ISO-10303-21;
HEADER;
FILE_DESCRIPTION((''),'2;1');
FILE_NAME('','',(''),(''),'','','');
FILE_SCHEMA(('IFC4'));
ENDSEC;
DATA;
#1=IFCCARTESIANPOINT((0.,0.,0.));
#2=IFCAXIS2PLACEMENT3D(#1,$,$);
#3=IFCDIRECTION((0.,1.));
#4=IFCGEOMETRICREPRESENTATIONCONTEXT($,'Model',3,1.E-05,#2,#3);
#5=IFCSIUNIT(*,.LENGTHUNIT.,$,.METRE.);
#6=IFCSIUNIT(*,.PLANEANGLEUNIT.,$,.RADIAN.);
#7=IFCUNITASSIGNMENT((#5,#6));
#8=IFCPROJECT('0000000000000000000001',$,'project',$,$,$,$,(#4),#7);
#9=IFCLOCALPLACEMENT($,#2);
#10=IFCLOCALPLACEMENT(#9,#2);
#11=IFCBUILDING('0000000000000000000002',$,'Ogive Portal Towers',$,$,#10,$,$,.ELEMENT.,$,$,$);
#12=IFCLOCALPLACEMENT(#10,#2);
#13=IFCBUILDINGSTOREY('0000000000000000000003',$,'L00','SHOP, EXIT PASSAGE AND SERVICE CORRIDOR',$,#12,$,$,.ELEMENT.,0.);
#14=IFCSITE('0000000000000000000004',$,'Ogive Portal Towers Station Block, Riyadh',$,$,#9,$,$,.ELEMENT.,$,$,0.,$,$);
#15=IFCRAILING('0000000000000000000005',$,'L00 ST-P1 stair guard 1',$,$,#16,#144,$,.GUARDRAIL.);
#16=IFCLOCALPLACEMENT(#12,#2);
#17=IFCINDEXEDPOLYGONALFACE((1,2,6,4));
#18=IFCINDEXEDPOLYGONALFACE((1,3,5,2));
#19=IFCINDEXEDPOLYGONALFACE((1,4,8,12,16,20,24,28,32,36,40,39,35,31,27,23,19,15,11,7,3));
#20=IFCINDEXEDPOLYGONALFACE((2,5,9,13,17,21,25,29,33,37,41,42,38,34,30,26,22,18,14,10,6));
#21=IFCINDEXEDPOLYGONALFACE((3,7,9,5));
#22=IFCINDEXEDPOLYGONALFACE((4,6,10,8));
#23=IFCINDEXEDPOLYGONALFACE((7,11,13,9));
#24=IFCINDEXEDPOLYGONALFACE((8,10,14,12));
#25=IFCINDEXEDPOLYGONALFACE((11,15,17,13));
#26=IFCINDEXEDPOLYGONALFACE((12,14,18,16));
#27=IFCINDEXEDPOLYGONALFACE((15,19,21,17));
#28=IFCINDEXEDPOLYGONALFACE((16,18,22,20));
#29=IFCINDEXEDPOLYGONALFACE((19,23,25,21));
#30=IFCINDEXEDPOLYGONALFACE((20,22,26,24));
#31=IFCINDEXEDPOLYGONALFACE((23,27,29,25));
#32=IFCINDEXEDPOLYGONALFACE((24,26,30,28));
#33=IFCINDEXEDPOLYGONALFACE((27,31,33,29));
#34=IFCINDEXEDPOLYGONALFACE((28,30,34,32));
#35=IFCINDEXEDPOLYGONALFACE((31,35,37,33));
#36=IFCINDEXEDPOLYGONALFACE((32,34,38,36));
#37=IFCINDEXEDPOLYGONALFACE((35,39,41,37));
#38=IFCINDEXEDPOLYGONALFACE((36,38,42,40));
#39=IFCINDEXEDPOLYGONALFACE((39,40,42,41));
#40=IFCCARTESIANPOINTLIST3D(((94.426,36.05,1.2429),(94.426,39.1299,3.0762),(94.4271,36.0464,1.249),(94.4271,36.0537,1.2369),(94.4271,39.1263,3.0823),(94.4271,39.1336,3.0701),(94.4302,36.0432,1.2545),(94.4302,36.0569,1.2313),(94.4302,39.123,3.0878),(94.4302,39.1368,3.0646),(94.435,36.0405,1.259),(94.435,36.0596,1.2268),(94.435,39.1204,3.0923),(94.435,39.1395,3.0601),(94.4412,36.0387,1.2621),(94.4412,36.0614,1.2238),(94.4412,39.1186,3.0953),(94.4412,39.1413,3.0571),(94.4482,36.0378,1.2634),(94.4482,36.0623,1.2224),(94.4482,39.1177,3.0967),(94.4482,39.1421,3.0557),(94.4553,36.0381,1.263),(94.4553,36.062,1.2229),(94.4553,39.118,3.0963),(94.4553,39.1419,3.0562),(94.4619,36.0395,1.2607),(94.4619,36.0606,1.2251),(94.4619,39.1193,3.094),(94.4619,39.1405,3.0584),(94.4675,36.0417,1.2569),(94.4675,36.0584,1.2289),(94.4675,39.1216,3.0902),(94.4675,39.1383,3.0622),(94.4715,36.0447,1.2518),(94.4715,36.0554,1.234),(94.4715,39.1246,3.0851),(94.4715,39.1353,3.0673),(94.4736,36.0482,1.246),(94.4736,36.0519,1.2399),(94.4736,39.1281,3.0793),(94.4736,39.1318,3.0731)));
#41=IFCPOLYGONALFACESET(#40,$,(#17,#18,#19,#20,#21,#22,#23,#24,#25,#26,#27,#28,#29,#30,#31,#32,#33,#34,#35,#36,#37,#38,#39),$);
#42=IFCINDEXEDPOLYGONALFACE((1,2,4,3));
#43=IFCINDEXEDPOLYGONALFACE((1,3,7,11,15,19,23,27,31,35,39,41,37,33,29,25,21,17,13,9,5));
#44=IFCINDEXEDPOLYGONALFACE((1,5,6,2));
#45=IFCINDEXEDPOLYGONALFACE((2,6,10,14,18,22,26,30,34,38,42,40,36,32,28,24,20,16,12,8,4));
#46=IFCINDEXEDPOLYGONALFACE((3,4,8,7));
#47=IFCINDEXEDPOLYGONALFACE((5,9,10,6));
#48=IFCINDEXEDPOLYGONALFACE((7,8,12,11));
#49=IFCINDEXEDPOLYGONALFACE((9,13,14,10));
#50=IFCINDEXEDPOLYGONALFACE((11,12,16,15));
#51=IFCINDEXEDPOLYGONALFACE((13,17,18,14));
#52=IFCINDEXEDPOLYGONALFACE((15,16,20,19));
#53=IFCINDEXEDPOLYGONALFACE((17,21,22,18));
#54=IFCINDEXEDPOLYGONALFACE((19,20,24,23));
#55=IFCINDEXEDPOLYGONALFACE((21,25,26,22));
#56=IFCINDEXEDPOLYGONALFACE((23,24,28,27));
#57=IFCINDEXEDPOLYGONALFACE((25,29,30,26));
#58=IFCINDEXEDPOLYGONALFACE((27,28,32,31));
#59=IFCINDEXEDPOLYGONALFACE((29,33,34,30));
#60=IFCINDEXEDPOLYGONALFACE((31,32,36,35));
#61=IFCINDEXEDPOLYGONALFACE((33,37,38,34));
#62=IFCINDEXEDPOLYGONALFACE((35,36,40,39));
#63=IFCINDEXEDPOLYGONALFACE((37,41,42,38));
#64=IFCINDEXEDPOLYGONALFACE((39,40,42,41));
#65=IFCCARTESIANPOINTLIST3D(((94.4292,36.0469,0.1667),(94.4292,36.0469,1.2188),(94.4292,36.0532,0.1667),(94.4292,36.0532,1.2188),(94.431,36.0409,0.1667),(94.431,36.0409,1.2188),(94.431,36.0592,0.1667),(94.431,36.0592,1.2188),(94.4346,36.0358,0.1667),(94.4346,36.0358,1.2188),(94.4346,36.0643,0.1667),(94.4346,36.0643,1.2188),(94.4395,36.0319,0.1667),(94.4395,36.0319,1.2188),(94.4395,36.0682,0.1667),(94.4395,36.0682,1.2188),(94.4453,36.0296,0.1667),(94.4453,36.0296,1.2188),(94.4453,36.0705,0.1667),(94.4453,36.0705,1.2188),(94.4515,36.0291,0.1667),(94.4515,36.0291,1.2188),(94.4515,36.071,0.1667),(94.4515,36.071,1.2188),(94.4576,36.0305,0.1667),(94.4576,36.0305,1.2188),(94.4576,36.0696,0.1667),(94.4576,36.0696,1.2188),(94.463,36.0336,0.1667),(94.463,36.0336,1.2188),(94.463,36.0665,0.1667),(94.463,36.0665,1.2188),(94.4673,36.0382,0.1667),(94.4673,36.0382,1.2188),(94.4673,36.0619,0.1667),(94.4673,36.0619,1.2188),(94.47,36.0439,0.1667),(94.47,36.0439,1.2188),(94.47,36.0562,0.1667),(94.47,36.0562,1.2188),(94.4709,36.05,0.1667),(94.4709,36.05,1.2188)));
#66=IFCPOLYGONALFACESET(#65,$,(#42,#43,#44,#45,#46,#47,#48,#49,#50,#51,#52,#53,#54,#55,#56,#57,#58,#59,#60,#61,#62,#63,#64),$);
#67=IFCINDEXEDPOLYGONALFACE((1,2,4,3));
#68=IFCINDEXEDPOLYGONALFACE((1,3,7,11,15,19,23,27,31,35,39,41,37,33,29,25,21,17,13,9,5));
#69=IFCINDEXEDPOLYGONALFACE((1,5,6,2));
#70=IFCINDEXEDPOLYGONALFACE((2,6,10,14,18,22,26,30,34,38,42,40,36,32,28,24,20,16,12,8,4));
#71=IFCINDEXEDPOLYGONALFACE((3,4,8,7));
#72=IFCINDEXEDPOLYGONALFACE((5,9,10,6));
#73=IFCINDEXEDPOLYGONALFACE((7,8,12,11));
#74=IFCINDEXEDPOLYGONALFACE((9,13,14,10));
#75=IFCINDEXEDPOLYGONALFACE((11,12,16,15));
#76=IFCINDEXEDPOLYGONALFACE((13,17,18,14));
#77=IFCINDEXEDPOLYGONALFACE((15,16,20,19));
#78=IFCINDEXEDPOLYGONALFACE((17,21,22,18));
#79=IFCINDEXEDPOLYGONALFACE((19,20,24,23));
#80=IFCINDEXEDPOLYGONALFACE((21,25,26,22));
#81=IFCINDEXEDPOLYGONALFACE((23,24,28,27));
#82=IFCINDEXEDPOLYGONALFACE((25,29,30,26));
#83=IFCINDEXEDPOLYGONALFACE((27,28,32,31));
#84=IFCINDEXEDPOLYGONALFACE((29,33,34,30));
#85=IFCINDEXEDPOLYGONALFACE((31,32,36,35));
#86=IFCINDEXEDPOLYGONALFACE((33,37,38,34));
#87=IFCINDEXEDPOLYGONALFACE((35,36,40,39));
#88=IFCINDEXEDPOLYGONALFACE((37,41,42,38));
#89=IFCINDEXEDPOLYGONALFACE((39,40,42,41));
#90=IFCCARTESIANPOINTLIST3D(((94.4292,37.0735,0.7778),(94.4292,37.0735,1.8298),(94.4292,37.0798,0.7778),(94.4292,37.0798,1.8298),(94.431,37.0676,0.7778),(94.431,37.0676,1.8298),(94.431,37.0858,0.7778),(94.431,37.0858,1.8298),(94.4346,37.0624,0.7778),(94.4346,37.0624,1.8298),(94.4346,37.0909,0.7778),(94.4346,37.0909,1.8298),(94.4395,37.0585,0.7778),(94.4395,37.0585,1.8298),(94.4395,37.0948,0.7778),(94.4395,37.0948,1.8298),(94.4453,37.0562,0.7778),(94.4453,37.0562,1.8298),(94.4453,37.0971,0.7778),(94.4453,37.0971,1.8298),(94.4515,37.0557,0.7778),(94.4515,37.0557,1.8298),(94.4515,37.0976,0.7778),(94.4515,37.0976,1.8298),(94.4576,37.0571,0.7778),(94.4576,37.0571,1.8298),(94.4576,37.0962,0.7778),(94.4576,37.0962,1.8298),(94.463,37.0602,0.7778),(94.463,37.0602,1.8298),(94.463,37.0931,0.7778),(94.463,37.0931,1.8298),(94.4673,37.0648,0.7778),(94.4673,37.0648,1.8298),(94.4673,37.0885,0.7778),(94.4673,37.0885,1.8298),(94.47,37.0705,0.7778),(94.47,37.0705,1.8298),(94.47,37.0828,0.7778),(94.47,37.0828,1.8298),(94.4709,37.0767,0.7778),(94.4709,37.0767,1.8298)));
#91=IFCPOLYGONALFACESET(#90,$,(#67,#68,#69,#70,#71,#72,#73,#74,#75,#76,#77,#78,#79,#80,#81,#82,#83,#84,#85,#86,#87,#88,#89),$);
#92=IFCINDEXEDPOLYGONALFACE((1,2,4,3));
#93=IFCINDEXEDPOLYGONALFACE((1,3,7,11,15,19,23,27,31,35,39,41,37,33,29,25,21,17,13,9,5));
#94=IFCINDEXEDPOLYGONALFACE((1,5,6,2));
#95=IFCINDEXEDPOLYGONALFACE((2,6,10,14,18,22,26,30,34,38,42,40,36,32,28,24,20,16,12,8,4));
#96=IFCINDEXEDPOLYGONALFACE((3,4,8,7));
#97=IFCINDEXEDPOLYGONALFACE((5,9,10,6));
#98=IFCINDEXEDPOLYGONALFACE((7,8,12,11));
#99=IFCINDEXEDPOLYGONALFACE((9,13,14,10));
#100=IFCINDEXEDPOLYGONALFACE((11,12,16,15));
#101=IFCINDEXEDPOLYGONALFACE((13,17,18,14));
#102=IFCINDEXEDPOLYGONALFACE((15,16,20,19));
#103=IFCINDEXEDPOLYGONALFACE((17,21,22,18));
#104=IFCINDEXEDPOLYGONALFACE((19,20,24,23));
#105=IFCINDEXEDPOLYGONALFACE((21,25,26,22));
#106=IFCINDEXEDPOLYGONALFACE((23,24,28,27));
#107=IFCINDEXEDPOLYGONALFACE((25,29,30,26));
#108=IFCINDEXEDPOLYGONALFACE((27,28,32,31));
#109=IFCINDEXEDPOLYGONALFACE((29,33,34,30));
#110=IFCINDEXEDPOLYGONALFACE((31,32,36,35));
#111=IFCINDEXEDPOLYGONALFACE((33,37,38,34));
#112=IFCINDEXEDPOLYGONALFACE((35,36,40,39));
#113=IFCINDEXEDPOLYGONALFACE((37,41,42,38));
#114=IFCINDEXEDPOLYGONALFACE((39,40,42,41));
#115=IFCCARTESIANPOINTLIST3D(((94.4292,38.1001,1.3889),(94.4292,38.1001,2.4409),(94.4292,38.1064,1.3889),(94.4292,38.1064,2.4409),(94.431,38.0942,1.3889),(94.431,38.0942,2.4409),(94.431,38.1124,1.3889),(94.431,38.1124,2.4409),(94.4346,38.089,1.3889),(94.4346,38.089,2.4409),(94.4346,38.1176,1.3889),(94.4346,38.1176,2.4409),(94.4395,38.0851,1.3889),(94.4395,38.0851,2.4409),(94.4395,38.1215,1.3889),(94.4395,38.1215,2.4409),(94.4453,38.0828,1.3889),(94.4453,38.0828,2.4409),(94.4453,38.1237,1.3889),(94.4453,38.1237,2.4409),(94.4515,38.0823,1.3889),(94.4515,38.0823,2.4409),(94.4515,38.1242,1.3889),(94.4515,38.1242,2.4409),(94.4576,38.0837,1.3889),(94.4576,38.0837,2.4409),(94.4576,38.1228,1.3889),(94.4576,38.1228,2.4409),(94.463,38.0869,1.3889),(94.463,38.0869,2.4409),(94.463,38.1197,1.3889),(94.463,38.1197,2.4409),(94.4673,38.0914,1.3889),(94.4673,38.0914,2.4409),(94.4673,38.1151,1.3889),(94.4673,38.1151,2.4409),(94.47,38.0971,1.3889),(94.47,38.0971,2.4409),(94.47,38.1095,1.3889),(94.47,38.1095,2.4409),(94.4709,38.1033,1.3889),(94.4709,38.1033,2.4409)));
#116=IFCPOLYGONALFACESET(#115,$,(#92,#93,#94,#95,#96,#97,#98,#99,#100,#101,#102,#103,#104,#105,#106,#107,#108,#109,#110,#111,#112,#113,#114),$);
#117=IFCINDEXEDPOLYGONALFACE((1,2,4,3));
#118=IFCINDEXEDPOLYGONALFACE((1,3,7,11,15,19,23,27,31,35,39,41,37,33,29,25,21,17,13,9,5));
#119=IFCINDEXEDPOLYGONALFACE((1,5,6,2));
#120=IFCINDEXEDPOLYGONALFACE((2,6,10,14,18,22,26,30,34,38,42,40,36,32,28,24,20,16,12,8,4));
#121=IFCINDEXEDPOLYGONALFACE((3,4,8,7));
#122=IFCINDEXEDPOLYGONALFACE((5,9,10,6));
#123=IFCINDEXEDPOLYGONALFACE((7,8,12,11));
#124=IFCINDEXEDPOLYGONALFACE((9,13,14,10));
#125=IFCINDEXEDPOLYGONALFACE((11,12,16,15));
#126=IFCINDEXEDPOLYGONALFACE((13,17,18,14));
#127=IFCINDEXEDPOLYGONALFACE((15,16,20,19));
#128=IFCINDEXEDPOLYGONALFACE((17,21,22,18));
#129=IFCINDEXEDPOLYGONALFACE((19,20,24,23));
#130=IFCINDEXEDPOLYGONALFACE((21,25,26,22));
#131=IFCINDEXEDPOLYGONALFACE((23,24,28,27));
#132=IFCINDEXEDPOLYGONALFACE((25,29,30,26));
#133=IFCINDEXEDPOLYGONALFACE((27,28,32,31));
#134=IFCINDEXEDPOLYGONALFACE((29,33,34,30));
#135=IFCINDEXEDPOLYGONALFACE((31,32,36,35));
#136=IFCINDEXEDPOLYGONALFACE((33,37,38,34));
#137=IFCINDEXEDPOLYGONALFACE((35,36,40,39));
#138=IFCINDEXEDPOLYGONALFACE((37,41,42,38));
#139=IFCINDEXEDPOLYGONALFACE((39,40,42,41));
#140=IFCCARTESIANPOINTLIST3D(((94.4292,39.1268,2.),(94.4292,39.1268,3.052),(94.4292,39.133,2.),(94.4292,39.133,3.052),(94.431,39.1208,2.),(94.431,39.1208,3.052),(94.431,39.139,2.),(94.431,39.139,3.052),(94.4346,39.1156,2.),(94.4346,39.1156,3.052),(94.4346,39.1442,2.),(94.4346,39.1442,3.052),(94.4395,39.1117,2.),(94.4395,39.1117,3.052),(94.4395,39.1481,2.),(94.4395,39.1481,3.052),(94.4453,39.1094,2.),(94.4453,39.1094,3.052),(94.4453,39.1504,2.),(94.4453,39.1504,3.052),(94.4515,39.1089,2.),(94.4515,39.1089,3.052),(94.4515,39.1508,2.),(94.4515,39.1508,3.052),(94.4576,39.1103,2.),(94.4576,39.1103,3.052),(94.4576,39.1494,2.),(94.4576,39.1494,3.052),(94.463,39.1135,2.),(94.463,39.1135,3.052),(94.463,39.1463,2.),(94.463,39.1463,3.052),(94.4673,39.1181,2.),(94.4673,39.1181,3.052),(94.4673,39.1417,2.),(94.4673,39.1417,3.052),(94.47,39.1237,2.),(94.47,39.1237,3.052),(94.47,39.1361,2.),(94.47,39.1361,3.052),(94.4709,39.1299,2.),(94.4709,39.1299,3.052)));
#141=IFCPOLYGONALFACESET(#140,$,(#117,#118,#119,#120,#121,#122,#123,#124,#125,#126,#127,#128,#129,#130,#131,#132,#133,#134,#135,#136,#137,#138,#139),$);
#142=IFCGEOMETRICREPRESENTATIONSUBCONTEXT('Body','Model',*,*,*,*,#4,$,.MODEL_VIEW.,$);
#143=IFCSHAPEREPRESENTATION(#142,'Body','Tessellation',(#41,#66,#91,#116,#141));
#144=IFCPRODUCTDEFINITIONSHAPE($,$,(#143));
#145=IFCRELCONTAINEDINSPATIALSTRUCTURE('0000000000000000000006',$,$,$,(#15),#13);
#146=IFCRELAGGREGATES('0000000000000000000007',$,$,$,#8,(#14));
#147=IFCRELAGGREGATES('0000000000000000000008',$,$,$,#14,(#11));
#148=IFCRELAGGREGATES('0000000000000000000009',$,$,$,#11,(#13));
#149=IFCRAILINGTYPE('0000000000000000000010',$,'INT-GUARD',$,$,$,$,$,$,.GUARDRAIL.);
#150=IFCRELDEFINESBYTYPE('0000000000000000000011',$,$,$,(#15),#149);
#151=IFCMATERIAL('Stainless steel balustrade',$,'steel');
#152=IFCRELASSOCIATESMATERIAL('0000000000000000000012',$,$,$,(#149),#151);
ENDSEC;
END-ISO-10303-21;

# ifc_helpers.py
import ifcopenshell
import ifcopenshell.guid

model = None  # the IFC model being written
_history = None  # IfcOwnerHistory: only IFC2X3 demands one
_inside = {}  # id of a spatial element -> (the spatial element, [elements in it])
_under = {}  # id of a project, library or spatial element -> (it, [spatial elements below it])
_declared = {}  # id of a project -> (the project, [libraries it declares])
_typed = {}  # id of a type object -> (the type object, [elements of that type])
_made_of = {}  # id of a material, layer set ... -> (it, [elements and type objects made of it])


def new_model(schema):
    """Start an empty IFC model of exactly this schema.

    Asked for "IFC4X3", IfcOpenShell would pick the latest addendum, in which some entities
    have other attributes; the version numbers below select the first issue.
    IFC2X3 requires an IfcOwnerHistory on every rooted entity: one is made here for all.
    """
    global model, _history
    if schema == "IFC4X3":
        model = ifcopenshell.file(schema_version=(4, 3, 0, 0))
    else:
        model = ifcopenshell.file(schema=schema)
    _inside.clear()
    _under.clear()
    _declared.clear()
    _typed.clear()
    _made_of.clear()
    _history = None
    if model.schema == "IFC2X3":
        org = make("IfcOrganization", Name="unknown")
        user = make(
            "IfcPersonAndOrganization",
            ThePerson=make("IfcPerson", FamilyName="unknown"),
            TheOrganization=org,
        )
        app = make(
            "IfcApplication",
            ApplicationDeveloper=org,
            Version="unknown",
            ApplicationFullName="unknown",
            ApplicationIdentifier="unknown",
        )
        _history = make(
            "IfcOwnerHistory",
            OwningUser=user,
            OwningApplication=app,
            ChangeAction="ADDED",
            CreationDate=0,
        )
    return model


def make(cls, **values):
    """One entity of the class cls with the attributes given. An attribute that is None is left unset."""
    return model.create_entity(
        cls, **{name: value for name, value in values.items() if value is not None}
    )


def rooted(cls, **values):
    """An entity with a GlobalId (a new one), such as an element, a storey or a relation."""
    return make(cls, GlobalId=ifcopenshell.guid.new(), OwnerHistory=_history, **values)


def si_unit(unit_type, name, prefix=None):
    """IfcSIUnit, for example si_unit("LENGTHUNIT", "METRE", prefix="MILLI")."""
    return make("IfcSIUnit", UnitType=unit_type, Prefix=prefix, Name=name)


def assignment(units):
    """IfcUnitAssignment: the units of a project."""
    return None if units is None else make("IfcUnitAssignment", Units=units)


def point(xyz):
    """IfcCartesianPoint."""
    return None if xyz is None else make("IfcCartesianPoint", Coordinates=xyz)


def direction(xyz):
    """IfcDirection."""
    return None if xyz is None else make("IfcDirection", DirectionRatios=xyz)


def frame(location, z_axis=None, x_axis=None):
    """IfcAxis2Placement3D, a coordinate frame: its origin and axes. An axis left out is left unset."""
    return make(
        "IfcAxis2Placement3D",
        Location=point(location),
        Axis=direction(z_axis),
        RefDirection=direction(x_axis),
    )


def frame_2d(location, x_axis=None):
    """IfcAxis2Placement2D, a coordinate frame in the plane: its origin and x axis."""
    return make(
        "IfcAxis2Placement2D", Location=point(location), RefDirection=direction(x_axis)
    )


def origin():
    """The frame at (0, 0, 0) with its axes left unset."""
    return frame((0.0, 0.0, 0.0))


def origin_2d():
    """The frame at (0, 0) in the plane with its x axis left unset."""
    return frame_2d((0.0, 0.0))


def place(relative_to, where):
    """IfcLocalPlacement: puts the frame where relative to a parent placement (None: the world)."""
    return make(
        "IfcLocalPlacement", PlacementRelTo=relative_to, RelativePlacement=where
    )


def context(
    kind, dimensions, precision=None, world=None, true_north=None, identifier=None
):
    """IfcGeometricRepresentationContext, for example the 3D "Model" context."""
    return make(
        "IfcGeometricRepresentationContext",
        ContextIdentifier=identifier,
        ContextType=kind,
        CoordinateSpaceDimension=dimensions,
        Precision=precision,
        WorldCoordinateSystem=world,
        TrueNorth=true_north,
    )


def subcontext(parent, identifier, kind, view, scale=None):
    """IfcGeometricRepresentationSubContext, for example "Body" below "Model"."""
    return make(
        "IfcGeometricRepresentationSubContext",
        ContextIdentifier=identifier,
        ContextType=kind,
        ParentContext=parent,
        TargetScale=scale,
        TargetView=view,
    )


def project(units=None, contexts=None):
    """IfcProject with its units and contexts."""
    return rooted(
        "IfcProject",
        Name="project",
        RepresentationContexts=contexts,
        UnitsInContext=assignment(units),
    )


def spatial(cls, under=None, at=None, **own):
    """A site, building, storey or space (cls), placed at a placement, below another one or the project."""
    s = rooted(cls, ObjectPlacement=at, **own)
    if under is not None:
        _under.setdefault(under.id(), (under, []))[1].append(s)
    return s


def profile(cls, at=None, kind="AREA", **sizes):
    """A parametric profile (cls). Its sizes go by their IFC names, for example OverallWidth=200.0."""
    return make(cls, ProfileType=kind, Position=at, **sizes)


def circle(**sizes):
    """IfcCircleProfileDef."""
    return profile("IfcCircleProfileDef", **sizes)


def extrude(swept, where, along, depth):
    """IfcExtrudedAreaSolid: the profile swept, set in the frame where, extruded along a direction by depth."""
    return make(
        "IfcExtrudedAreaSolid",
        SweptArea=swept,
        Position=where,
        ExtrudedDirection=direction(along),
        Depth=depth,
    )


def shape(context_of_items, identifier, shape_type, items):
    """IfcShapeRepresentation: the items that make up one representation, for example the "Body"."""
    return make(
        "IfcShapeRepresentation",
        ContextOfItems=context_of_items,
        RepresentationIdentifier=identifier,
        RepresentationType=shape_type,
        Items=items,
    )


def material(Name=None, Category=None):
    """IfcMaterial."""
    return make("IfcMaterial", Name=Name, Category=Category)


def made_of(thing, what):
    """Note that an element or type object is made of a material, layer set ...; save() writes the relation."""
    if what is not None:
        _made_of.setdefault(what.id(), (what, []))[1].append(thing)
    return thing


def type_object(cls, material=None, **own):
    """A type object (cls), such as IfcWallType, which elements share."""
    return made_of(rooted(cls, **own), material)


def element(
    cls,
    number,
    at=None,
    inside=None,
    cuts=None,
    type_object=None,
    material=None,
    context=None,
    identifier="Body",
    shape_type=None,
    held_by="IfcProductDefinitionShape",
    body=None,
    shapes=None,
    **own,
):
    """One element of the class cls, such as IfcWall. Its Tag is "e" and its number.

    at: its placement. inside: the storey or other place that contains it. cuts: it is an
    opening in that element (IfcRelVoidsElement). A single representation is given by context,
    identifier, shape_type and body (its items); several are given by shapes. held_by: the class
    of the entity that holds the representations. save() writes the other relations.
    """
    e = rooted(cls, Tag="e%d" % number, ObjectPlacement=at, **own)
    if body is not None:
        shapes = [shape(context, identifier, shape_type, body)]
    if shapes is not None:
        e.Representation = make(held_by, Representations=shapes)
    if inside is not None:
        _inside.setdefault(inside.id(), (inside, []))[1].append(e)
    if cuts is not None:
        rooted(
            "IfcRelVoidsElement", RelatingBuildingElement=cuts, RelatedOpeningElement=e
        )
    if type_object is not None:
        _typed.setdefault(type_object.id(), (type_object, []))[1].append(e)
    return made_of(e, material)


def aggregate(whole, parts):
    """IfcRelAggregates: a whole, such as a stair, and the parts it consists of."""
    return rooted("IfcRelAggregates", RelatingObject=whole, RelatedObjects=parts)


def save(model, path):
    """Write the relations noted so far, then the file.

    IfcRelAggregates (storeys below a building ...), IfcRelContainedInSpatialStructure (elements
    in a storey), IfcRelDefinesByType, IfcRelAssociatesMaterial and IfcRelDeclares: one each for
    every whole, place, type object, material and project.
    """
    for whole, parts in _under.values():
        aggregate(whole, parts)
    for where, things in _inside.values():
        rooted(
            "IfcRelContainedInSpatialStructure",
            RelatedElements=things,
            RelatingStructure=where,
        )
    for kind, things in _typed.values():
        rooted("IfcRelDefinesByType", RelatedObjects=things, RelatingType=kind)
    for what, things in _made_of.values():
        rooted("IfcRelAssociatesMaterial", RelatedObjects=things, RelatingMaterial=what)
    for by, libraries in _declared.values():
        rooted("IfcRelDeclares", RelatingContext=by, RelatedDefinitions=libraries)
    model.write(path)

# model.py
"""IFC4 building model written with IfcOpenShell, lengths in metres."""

from ifc_helpers import new_model, si_unit, direction, frame, origin, origin_2d, place, context, subcontext, project, spatial, circle, extrude, material, type_object, element, save


model = new_model("IFC4")

# Units and contexts
model_context = context("Model", 3, precision=1e-05, world=origin(), true_north=direction((0.0, 1.0)))
body_context = subcontext(model_context, "Body", "Model", "MODEL_VIEW")
ifc_project = project(units=[si_unit("LENGTHUNIT", "METRE"), si_unit("PLANEANGLEUNIT", "RADIAN")], contexts=[model_context])

# Site, building, storey
site_placement = place(None, origin())
site = spatial("IfcSite", under=ifc_project, at=site_placement, Name="Ogive Portal Towers Station Block, Riyadh", CompositionType="ELEMENT", RefElevation=0.0)
building_placement = place(site_placement, origin())
building = spatial("IfcBuilding", under=site, at=building_placement, Name="Ogive Portal Towers", CompositionType="ELEMENT")
storey_placement = place(building_placement, origin())
storey = spatial("IfcBuildingStorey", under=building, at=storey_placement, Name="L00", Description="SHOP, EXIT PASSAGE AND SERVICE CORRIDOR", CompositionType="ELEMENT", Elevation=0.0)

# Railing
ifc_material_1 = material(Name="Stainless steel balustrade", Category="steel")
railing_type_1 = type_object("IfcRailingType", Name="INT-GUARD", PredefinedType="GUARDRAIL", material=ifc_material_1)
railing_1_placement = place(storey_placement, frame((94.45, 36.05, 0.1667)))
element("IfcRailing", 1, at=railing_1_placement, inside=storey, type_object=railing_type_1, Name="L00 ST-P1 stair guard 1", PredefinedType="GUARDRAIL", context=body_context, shape_type="SweptSolid", body=[
    extrude(circle(Radius=0.0239, at=origin_2d()), frame((0.0, 0.0, 1.0762), z_axis=(0.0, 0.859291, 0.511487), x_axis=(-1.0, 0.0, 0.0)), (0.0, 0.0, 1.0), 3.5842),
    extrude(circle(Radius=0.021, at=origin_2d()), origin(), (0.0, 0.0, 1.0), 1.052),
    extrude(circle(Radius=0.021, at=origin_2d()), frame((0.0, 1.0266, 0.6111)), (0.0, 0.0, 1.0), 1.052),
    extrude(circle(Radius=0.021, at=origin_2d()), frame((0.0, 2.0532, 1.2222)), (0.0, 0.0, 1.0), 1.052),
    extrude(circle(Radius=0.021, at=origin_2d()), frame((0.0, 3.0798, 1.8333)), (0.0, 0.0, 1.0), 1.052),
])

save(model, "model.ifc")
